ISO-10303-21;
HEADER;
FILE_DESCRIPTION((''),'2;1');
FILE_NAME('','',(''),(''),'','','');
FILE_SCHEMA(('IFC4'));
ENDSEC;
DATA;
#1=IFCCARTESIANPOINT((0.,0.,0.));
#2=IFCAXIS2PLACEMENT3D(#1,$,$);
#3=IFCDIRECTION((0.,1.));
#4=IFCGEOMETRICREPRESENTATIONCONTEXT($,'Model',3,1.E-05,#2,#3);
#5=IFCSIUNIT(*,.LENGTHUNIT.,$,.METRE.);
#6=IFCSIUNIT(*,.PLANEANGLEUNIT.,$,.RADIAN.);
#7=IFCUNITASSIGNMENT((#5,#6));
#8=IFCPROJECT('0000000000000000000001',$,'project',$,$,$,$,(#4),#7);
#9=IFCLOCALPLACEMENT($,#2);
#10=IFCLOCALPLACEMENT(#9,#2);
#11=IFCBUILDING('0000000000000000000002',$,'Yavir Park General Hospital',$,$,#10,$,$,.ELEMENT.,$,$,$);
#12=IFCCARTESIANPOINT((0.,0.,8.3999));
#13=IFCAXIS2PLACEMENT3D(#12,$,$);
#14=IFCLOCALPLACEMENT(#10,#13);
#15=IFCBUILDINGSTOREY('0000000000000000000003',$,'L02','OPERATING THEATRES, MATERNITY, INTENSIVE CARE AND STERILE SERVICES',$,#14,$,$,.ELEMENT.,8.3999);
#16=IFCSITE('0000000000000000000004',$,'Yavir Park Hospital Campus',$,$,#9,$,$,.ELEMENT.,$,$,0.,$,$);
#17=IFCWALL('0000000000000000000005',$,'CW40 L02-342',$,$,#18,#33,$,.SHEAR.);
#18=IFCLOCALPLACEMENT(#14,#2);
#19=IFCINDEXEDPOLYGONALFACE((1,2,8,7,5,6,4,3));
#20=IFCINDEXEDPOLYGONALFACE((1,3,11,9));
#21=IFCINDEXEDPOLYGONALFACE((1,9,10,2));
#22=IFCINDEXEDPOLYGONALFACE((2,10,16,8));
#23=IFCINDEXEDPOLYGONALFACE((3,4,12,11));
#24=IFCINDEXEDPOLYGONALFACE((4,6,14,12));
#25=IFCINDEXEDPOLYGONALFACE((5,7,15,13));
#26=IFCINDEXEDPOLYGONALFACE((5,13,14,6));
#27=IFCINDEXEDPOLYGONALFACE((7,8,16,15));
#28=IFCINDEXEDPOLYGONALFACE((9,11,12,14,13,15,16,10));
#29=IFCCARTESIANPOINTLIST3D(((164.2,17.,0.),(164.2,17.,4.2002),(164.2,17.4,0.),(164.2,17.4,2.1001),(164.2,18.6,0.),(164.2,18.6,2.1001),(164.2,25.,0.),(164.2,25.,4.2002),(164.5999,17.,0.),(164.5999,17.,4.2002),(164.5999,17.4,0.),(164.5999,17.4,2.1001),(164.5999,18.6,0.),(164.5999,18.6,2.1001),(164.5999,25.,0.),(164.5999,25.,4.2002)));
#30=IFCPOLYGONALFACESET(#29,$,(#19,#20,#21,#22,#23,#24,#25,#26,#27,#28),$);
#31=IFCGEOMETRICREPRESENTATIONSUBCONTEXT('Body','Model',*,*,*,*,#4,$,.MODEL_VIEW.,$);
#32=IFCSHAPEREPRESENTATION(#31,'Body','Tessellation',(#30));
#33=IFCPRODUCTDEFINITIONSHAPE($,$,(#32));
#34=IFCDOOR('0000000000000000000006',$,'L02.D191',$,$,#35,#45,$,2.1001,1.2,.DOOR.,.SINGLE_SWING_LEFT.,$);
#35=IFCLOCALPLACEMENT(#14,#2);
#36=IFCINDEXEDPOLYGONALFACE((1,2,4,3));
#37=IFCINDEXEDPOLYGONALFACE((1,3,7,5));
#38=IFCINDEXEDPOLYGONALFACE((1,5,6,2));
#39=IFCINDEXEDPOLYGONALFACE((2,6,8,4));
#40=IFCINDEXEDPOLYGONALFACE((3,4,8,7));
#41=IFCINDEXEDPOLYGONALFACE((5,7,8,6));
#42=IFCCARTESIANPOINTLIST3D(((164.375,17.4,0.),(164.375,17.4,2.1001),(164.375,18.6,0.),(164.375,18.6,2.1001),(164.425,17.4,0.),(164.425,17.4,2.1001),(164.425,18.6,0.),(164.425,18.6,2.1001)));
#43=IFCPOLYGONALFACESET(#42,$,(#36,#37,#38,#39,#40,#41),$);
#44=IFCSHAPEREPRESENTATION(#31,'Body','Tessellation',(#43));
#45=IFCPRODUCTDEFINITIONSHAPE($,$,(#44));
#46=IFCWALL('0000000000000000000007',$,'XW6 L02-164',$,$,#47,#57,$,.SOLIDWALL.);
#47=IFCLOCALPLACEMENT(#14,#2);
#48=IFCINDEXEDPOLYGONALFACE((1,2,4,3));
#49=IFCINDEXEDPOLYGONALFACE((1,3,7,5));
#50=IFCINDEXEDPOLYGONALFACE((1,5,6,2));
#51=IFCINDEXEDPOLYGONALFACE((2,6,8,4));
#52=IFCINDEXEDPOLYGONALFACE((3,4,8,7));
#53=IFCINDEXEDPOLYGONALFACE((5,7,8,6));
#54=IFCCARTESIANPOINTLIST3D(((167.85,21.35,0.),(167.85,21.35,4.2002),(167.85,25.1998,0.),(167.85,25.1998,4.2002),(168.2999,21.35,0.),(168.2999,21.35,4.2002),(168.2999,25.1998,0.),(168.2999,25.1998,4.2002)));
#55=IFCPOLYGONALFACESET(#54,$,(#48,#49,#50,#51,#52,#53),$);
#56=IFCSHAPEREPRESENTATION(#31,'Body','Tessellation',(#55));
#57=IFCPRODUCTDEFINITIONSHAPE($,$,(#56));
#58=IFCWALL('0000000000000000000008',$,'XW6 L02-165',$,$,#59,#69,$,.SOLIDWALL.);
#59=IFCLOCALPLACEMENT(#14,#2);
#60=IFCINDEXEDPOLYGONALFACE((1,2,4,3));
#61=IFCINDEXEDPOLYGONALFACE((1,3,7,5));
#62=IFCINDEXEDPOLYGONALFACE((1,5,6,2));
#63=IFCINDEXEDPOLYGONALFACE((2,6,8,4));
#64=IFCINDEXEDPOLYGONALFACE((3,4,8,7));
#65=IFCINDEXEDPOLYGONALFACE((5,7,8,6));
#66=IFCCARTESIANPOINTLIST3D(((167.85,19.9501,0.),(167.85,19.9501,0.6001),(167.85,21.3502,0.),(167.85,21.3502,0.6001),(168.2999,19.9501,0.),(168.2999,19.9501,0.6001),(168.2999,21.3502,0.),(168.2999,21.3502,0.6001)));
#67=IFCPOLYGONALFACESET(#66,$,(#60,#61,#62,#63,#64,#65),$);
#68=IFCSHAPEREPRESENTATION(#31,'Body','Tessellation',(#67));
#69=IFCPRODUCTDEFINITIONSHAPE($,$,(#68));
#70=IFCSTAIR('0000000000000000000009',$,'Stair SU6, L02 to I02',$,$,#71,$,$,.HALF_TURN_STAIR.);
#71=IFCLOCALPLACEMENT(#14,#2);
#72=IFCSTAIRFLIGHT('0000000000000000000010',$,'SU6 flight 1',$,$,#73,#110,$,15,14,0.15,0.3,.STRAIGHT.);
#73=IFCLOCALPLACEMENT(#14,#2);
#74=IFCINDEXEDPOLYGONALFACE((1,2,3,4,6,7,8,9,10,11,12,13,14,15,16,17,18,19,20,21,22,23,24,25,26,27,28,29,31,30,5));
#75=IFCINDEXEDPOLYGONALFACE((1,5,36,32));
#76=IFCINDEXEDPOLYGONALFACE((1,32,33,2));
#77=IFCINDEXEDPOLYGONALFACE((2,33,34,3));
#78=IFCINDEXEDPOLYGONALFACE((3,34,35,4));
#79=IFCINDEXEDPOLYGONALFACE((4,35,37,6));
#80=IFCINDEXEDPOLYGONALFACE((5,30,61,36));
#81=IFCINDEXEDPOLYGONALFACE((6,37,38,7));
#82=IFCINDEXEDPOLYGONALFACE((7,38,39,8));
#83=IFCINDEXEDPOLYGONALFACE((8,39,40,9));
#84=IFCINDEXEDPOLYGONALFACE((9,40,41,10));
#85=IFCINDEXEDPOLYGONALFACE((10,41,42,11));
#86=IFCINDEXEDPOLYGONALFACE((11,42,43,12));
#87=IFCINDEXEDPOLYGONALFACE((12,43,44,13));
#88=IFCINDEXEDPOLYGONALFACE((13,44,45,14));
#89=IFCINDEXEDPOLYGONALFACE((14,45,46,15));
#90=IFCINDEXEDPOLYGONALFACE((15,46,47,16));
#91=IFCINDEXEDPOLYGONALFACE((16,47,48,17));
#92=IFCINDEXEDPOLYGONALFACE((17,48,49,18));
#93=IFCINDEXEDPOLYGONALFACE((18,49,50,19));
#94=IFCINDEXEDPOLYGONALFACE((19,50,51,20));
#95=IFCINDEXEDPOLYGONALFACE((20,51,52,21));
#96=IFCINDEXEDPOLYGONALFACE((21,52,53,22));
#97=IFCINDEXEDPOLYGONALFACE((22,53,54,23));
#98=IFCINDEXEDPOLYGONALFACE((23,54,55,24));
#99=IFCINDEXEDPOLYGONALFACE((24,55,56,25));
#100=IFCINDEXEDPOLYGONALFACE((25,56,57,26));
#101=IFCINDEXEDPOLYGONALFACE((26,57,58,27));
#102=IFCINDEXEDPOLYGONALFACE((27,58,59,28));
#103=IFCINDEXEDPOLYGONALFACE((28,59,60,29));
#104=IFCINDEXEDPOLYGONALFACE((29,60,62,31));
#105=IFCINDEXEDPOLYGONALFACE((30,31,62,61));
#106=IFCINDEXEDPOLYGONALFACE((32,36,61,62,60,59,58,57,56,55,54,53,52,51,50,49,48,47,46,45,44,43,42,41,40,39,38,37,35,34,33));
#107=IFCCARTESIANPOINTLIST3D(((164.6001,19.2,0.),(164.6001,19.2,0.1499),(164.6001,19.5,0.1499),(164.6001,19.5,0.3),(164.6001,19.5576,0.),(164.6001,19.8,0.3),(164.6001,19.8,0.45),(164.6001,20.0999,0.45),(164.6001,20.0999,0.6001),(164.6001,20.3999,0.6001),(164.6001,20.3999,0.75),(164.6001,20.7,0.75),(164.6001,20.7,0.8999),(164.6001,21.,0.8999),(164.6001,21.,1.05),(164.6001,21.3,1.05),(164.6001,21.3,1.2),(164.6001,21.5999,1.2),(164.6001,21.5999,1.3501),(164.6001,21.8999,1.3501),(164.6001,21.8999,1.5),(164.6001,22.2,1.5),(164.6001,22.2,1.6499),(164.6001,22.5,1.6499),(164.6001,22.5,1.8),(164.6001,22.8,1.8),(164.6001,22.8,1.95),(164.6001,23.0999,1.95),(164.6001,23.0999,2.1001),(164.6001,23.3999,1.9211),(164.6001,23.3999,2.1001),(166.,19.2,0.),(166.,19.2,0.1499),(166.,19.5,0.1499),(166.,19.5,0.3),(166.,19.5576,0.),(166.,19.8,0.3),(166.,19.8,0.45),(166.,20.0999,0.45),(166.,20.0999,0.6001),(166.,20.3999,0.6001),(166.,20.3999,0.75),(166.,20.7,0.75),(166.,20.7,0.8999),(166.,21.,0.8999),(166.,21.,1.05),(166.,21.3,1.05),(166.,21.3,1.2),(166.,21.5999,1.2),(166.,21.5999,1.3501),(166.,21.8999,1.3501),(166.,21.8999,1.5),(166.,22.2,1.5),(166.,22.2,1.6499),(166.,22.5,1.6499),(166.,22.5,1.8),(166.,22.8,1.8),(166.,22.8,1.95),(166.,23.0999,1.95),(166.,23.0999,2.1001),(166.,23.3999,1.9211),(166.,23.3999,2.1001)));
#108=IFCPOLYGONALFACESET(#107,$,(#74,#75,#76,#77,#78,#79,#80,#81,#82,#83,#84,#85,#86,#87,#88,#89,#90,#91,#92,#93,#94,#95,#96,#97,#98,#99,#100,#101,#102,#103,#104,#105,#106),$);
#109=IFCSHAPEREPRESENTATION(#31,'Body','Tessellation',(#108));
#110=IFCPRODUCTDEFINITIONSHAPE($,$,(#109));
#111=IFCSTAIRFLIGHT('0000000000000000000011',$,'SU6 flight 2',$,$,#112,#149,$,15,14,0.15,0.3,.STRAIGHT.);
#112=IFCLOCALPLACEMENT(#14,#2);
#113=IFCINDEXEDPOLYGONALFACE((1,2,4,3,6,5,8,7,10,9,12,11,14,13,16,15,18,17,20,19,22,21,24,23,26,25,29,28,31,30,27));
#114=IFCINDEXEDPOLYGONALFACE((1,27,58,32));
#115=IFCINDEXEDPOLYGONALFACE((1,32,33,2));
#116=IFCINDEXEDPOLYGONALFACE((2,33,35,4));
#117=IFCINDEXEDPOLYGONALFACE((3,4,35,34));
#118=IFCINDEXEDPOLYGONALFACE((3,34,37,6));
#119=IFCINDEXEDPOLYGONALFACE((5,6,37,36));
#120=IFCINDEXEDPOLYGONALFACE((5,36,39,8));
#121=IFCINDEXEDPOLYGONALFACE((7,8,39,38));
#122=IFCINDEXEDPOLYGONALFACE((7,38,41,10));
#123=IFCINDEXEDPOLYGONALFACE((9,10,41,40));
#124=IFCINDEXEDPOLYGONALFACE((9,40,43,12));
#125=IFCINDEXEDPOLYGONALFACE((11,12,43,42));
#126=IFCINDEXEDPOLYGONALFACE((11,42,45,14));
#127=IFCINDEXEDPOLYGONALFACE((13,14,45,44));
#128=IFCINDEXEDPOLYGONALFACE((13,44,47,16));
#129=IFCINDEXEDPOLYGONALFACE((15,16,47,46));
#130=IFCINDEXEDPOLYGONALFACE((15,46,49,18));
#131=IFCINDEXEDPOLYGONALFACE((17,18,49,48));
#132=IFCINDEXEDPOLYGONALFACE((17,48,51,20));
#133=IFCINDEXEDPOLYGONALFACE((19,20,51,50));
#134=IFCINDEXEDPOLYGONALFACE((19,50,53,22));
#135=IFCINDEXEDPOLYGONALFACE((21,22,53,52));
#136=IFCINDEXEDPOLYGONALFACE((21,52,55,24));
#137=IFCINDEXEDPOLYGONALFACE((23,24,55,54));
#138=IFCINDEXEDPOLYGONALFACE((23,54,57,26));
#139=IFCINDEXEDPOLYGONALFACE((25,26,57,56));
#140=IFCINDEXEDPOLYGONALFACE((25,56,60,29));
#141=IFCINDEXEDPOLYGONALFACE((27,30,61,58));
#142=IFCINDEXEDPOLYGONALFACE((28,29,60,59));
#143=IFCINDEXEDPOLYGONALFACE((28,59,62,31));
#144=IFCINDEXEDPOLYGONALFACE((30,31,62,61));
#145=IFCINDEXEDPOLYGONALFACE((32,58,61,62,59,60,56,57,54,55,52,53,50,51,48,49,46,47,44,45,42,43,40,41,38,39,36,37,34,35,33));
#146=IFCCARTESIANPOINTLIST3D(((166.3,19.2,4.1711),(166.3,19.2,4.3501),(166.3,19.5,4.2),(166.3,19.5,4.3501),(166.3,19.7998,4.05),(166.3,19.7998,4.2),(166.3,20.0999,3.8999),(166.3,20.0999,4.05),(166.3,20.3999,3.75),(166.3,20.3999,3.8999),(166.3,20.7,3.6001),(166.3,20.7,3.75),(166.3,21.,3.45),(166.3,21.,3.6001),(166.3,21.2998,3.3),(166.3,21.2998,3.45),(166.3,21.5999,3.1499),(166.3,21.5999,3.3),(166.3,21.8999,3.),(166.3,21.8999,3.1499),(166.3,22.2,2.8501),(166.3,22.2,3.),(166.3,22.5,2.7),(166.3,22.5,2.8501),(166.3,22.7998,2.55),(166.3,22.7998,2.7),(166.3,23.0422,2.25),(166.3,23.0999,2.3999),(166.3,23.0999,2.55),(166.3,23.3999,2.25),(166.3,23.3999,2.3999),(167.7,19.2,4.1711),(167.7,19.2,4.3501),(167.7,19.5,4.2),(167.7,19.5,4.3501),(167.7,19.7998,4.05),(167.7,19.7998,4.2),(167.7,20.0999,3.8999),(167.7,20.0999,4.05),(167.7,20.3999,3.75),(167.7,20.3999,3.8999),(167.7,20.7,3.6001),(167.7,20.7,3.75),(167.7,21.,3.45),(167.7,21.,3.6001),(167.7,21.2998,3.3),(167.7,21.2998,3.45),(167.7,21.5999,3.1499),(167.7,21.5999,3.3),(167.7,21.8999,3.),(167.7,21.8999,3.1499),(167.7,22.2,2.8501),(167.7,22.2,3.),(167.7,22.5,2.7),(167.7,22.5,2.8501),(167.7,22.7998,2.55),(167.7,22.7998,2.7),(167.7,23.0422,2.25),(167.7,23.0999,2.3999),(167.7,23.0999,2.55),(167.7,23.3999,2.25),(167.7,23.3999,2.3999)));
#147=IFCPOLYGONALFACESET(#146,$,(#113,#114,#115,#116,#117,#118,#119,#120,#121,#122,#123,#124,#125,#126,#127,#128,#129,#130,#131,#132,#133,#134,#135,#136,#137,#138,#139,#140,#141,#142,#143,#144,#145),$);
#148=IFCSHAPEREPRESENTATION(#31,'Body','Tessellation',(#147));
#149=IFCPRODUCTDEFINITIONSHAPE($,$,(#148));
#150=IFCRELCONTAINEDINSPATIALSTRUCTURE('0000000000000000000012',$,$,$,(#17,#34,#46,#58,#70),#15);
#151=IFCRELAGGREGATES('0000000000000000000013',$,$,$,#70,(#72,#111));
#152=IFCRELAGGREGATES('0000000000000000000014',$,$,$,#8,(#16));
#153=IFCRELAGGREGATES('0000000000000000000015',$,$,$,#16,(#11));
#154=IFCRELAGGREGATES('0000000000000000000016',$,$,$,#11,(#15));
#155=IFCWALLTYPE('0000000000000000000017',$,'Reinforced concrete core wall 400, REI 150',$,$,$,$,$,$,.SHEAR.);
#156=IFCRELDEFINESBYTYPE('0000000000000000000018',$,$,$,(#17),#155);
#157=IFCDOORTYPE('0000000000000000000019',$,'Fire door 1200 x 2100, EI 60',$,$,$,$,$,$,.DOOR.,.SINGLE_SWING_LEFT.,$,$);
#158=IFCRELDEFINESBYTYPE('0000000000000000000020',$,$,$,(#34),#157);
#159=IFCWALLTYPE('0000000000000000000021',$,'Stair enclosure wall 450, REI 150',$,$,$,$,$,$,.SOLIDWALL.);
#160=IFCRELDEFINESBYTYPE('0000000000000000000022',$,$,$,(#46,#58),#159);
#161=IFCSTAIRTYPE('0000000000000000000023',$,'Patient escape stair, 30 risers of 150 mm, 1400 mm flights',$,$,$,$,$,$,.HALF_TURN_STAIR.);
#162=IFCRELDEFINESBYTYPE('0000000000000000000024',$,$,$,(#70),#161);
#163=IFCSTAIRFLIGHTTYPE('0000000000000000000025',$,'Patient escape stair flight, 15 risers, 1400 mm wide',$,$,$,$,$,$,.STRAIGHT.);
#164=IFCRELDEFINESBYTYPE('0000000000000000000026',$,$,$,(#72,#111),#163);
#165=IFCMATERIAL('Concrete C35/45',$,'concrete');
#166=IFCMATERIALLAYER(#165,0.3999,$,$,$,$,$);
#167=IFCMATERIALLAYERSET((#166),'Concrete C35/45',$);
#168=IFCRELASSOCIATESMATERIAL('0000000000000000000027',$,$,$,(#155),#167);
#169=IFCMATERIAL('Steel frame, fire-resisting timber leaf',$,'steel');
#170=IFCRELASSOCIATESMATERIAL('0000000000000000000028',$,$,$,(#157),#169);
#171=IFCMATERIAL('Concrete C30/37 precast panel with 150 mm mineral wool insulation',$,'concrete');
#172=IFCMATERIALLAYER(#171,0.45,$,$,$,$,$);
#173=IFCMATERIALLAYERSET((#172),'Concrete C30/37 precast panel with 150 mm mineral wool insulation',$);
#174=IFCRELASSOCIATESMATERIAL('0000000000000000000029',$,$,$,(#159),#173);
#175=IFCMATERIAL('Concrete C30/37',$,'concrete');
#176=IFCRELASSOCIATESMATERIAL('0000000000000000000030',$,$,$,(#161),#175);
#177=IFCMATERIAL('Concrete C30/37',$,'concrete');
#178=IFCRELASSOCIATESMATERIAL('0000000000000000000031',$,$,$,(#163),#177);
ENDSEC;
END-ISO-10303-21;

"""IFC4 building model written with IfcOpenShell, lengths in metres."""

from ifc_helpers import new_model, si_unit, direction, frame, frame_2d, origin, place, context, subcontext, project, spatial, polyline, rectangle, outline, extrude, material, layer, layer_set, type_object, element, fill, aggregate, save


model = new_model("IFC4")

# Units and contexts
model_context = context("Model", 3, precision=1e-05, world=origin(), true_north=direction((0.0, 1.0)))
body_context = subcontext(model_context, "Body", "Model", "MODEL_VIEW")
ifc_project = project(units=[si_unit("LENGTHUNIT", "METRE"), si_unit("PLANEANGLEUNIT", "RADIAN")], contexts=[model_context])

# Site, building, storey
site_placement = place(None, origin())
site = spatial("IfcSite", under=ifc_project, at=site_placement, Name="Yavir Park Hospital Campus", CompositionType="ELEMENT", RefElevation=0.0)
building_placement = place(site_placement, origin())
building = spatial("IfcBuilding", under=site, at=building_placement, Name="Yavir Park General Hospital", CompositionType="ELEMENT")
storey_placement = place(building_placement, frame((0.0, 0.0, 8.3999)))
storey = spatial("IfcBuildingStorey", under=building, at=storey_placement, Name="L02", Description="OPERATING THEATRES, MATERNITY, INTENSIVE CARE AND STERILE SERVICES", CompositionType="ELEMENT", Elevation=8.3999)

# Wall, opening, door
ifc_material_1 = material(Name="Concrete C35/45", Category="concrete")
ifc_layer_1 = layer(ifc_material_1, 0.3999)
ifc_layer_set_1 = layer_set([ifc_layer_1], Name="Concrete C35/45")
wall_type_1 = type_object("IfcWallType", Name="Reinforced concrete core wall 400, REI 150", PredefinedType="SHEAR", material=ifc_layer_set_1)
wall_1_placement = place(storey_placement, frame((164.3999, 17.0, 0.0), z_axis=(0.0, 0.0, 1.0), x_axis=(0.0, 1.0, 0.0)))
wall_1 = element("IfcWall", 1, at=wall_1_placement, inside=storey, type_object=wall_type_1, Name="CW40 L02-342", PredefinedType="SHEAR", context=body_context, shape_type="SweptSolid", body=[
    extrude(rectangle(XDim=8.0, YDim=0.3999, at=frame_2d((4.0, 0.0))), origin(), (0.0, 0.0, 1.0), 4.2002),
])
opening_1_placement = place(wall_1_placement, frame((0.3999, 0.0, 0.0)))
opening_1 = element("IfcOpeningElement", 2, at=opening_1_placement, cuts=wall_1, PredefinedType="OPENING", context=body_context, shape_type="SweptSolid", body=[
    extrude(rectangle(XDim=1.2, YDim=2.1001, at=frame_2d((0.6001, 1.05))), frame((0.0, 0.21, 0.0), z_axis=(0.0, -1.0, 0.0), x_axis=(1.0, 0.0, 0.0)), (0.0, 0.0, 1.0), 0.4199),
])
ifc_material_2 = material(Name="Steel frame, fire-resisting timber leaf", Category="steel")
door_type_1 = type_object("IfcDoorType", Name="Fire door 1200 x 2100, EI 60", OperationType="SINGLE_SWING_LEFT", PredefinedType="DOOR", material=ifc_material_2)
door_1_placement = place(opening_1_placement, origin())
door_1 = element("IfcDoor", 3, at=door_1_placement, inside=storey, type_object=door_type_1, Name="L02.D191", OperationType="SINGLE_SWING_LEFT", OverallHeight=2.1001, OverallWidth=1.2, PredefinedType="DOOR", context=body_context, shape_type="SweptSolid", body=[
    extrude(rectangle(XDim=1.2, YDim=2.1001, at=frame_2d((0.6001, 1.05))), frame((0.0, 0.0249, 0.0), z_axis=(0.0, -1.0, 0.0), x_axis=(1.0, 0.0, 0.0)), (0.0, 0.0, 1.0), 0.05),
])
fill(opening_1, door_1)

# Walls
ifc_material_3 = material(Name="Concrete C30/37 precast panel with 150 mm mineral wool insulation", Category="concrete")
ifc_layer_2 = layer(ifc_material_3, 0.45)
ifc_layer_set_2 = layer_set([ifc_layer_2], Name="Concrete C30/37 precast panel with 150 mm mineral wool insulation")
wall_type_2 = type_object("IfcWallType", Name="Stair enclosure wall 450, REI 150", PredefinedType="SOLIDWALL", material=ifc_layer_set_2)
wall_2_placement = place(storey_placement, frame((168.075, 21.3501, 0.0), z_axis=(0.0, 0.0, 1.0), x_axis=(0.0, 1.0, 0.0)))
element("IfcWall", 4, at=wall_2_placement, inside=storey, type_object=wall_type_2, Name="XW6 L02-164", PredefinedType="SOLIDWALL", context=body_context, shape_type="SweptSolid", body=[
    extrude(rectangle(XDim=3.8499, YDim=0.45, at=frame_2d((1.9248, 0.0))), origin(), (0.0, 0.0, 1.0), 4.2002),
])
wall_3_placement = place(storey_placement, frame((168.075, 19.95, 0.0), z_axis=(0.0, 0.0, 1.0), x_axis=(0.0, 1.0, 0.0)))
element("IfcWall", 5, at=wall_3_placement, inside=storey, type_object=wall_type_2, Name="XW6 L02-165", PredefinedType="SOLIDWALL", context=body_context, shape_type="SweptSolid", body=[
    extrude(rectangle(XDim=1.4001, YDim=0.45, at=frame_2d((0.7002, 0.0))), origin(), (0.0, 0.0, 1.0), 0.6001),
])

# Stair, stair flights
ifc_material_4 = material(Name="Concrete C30/37", Category="concrete")
stair_type = type_object("IfcStairType", Name="Patient escape stair, 30 risers of 150 mm, 1400 mm flights", PredefinedType="HALF_TURN_STAIR", material=ifc_material_4)
stair_placement = place(storey_placement, origin())
stair = element("IfcStair", 6, at=stair_placement, inside=storey, type_object=stair_type, Name="Stair SU6, L02 to I02", PredefinedType="HALF_TURN_STAIR")
ifc_material_5 = material(Name="Concrete C30/37", Category="concrete")
stair_flight_type = type_object("IfcStairFlightType", Name="Patient escape stair flight, 15 risers, 1400 mm wide", PredefinedType="STRAIGHT", material=ifc_material_5)
stair_flight_1_placement = place(storey_placement, frame((165.3, 19.2, 0.0), z_axis=(0.0, 0.0, 1.0), x_axis=(0.0, 1.0, 0.0)))
stair_flight_1 = element("IfcStairFlight", 7, at=stair_flight_1_placement, type_object=stair_flight_type, Name="SU6 flight 1", NumberOfRisers=15, NumberOfTreads=14, PredefinedType="STRAIGHT", RiserHeight=0.15, TreadLength=0.3, context=body_context, shape_type="SweptSolid", body=[
    extrude(outline(polyline([(0.0, 0.0), (0.0, 0.1499), (0.3, 0.1499), (0.3, 0.3), (0.6001, 0.3), (0.6001, 0.45), (0.8999, 0.45), (0.8999, 0.6001), (1.2, 0.6001), (1.2, 0.75), (1.5, 0.75), (1.5, 0.8999), (1.8, 0.8999), (1.8, 1.05), (2.1001, 1.05), (2.1001, 1.2), (2.3999, 1.2), (2.3999, 1.3501), (2.7, 1.3501), (2.7, 1.5), (3.0, 1.5), (3.0, 1.6499), (3.3, 1.6499), (3.3, 1.8), (3.6001, 1.8), (3.6001, 1.95), (3.8999, 1.95), (3.8999, 2.1001), (4.2, 2.1001), (4.2, 2.25), (4.2, 1.9211), (0.3577, 0.0), (0.0, 0.0)])), frame((0.0, 0.7, 0.0), z_axis=(0.0, -1.0, 0.0), x_axis=(1.0, 0.0, 0.0)), (0.0, 0.0, 1.0), 1.3999),
])
stair_flight_2_placement = place(storey_placement, frame((167.0, 23.3999, 2.25), z_axis=(0.0, 0.0, 1.0), x_axis=(0.0, -1.0, 0.0)))
stair_flight_2 = element("IfcStairFlight", 8, at=stair_flight_2_placement, type_object=stair_flight_type, Name="SU6 flight 2", NumberOfRisers=15, NumberOfTreads=14, PredefinedType="STRAIGHT", RiserHeight=0.15, TreadLength=0.3, context=body_context, shape_type="SweptSolid", body=[
    extrude(outline(polyline([(0.0, 0.0), (0.0, 0.1499), (0.3, 0.1499), (0.3, 0.3), (0.6001, 0.3), (0.6001, 0.45), (0.8999, 0.45), (0.8999, 0.6001), (1.2, 0.6001), (1.2, 0.75), (1.5, 0.75), (1.5, 0.8999), (1.8, 0.8999), (1.8, 1.05), (2.1001, 1.05), (2.1001, 1.2), (2.3999, 1.2), (2.3999, 1.3501), (2.7, 1.3501), (2.7, 1.5), (3.0, 1.5), (3.0, 1.6499), (3.3, 1.6499), (3.3, 1.8), (3.6001, 1.8), (3.6001, 1.95), (3.8999, 1.95), (3.8999, 2.1001), (4.2, 2.1001), (4.2, 2.25), (4.2, 1.9211), (0.3577, 0.0), (0.0, 0.0)])), frame((0.0, 0.7, 0.0), z_axis=(0.0, -1.0, 0.0), x_axis=(1.0, 0.0, 0.0)), (0.0, 0.0, 1.0), 1.3999),
])
aggregate(stair, [stair_flight_1, stair_flight_2])

save(model, "model.ifc")
